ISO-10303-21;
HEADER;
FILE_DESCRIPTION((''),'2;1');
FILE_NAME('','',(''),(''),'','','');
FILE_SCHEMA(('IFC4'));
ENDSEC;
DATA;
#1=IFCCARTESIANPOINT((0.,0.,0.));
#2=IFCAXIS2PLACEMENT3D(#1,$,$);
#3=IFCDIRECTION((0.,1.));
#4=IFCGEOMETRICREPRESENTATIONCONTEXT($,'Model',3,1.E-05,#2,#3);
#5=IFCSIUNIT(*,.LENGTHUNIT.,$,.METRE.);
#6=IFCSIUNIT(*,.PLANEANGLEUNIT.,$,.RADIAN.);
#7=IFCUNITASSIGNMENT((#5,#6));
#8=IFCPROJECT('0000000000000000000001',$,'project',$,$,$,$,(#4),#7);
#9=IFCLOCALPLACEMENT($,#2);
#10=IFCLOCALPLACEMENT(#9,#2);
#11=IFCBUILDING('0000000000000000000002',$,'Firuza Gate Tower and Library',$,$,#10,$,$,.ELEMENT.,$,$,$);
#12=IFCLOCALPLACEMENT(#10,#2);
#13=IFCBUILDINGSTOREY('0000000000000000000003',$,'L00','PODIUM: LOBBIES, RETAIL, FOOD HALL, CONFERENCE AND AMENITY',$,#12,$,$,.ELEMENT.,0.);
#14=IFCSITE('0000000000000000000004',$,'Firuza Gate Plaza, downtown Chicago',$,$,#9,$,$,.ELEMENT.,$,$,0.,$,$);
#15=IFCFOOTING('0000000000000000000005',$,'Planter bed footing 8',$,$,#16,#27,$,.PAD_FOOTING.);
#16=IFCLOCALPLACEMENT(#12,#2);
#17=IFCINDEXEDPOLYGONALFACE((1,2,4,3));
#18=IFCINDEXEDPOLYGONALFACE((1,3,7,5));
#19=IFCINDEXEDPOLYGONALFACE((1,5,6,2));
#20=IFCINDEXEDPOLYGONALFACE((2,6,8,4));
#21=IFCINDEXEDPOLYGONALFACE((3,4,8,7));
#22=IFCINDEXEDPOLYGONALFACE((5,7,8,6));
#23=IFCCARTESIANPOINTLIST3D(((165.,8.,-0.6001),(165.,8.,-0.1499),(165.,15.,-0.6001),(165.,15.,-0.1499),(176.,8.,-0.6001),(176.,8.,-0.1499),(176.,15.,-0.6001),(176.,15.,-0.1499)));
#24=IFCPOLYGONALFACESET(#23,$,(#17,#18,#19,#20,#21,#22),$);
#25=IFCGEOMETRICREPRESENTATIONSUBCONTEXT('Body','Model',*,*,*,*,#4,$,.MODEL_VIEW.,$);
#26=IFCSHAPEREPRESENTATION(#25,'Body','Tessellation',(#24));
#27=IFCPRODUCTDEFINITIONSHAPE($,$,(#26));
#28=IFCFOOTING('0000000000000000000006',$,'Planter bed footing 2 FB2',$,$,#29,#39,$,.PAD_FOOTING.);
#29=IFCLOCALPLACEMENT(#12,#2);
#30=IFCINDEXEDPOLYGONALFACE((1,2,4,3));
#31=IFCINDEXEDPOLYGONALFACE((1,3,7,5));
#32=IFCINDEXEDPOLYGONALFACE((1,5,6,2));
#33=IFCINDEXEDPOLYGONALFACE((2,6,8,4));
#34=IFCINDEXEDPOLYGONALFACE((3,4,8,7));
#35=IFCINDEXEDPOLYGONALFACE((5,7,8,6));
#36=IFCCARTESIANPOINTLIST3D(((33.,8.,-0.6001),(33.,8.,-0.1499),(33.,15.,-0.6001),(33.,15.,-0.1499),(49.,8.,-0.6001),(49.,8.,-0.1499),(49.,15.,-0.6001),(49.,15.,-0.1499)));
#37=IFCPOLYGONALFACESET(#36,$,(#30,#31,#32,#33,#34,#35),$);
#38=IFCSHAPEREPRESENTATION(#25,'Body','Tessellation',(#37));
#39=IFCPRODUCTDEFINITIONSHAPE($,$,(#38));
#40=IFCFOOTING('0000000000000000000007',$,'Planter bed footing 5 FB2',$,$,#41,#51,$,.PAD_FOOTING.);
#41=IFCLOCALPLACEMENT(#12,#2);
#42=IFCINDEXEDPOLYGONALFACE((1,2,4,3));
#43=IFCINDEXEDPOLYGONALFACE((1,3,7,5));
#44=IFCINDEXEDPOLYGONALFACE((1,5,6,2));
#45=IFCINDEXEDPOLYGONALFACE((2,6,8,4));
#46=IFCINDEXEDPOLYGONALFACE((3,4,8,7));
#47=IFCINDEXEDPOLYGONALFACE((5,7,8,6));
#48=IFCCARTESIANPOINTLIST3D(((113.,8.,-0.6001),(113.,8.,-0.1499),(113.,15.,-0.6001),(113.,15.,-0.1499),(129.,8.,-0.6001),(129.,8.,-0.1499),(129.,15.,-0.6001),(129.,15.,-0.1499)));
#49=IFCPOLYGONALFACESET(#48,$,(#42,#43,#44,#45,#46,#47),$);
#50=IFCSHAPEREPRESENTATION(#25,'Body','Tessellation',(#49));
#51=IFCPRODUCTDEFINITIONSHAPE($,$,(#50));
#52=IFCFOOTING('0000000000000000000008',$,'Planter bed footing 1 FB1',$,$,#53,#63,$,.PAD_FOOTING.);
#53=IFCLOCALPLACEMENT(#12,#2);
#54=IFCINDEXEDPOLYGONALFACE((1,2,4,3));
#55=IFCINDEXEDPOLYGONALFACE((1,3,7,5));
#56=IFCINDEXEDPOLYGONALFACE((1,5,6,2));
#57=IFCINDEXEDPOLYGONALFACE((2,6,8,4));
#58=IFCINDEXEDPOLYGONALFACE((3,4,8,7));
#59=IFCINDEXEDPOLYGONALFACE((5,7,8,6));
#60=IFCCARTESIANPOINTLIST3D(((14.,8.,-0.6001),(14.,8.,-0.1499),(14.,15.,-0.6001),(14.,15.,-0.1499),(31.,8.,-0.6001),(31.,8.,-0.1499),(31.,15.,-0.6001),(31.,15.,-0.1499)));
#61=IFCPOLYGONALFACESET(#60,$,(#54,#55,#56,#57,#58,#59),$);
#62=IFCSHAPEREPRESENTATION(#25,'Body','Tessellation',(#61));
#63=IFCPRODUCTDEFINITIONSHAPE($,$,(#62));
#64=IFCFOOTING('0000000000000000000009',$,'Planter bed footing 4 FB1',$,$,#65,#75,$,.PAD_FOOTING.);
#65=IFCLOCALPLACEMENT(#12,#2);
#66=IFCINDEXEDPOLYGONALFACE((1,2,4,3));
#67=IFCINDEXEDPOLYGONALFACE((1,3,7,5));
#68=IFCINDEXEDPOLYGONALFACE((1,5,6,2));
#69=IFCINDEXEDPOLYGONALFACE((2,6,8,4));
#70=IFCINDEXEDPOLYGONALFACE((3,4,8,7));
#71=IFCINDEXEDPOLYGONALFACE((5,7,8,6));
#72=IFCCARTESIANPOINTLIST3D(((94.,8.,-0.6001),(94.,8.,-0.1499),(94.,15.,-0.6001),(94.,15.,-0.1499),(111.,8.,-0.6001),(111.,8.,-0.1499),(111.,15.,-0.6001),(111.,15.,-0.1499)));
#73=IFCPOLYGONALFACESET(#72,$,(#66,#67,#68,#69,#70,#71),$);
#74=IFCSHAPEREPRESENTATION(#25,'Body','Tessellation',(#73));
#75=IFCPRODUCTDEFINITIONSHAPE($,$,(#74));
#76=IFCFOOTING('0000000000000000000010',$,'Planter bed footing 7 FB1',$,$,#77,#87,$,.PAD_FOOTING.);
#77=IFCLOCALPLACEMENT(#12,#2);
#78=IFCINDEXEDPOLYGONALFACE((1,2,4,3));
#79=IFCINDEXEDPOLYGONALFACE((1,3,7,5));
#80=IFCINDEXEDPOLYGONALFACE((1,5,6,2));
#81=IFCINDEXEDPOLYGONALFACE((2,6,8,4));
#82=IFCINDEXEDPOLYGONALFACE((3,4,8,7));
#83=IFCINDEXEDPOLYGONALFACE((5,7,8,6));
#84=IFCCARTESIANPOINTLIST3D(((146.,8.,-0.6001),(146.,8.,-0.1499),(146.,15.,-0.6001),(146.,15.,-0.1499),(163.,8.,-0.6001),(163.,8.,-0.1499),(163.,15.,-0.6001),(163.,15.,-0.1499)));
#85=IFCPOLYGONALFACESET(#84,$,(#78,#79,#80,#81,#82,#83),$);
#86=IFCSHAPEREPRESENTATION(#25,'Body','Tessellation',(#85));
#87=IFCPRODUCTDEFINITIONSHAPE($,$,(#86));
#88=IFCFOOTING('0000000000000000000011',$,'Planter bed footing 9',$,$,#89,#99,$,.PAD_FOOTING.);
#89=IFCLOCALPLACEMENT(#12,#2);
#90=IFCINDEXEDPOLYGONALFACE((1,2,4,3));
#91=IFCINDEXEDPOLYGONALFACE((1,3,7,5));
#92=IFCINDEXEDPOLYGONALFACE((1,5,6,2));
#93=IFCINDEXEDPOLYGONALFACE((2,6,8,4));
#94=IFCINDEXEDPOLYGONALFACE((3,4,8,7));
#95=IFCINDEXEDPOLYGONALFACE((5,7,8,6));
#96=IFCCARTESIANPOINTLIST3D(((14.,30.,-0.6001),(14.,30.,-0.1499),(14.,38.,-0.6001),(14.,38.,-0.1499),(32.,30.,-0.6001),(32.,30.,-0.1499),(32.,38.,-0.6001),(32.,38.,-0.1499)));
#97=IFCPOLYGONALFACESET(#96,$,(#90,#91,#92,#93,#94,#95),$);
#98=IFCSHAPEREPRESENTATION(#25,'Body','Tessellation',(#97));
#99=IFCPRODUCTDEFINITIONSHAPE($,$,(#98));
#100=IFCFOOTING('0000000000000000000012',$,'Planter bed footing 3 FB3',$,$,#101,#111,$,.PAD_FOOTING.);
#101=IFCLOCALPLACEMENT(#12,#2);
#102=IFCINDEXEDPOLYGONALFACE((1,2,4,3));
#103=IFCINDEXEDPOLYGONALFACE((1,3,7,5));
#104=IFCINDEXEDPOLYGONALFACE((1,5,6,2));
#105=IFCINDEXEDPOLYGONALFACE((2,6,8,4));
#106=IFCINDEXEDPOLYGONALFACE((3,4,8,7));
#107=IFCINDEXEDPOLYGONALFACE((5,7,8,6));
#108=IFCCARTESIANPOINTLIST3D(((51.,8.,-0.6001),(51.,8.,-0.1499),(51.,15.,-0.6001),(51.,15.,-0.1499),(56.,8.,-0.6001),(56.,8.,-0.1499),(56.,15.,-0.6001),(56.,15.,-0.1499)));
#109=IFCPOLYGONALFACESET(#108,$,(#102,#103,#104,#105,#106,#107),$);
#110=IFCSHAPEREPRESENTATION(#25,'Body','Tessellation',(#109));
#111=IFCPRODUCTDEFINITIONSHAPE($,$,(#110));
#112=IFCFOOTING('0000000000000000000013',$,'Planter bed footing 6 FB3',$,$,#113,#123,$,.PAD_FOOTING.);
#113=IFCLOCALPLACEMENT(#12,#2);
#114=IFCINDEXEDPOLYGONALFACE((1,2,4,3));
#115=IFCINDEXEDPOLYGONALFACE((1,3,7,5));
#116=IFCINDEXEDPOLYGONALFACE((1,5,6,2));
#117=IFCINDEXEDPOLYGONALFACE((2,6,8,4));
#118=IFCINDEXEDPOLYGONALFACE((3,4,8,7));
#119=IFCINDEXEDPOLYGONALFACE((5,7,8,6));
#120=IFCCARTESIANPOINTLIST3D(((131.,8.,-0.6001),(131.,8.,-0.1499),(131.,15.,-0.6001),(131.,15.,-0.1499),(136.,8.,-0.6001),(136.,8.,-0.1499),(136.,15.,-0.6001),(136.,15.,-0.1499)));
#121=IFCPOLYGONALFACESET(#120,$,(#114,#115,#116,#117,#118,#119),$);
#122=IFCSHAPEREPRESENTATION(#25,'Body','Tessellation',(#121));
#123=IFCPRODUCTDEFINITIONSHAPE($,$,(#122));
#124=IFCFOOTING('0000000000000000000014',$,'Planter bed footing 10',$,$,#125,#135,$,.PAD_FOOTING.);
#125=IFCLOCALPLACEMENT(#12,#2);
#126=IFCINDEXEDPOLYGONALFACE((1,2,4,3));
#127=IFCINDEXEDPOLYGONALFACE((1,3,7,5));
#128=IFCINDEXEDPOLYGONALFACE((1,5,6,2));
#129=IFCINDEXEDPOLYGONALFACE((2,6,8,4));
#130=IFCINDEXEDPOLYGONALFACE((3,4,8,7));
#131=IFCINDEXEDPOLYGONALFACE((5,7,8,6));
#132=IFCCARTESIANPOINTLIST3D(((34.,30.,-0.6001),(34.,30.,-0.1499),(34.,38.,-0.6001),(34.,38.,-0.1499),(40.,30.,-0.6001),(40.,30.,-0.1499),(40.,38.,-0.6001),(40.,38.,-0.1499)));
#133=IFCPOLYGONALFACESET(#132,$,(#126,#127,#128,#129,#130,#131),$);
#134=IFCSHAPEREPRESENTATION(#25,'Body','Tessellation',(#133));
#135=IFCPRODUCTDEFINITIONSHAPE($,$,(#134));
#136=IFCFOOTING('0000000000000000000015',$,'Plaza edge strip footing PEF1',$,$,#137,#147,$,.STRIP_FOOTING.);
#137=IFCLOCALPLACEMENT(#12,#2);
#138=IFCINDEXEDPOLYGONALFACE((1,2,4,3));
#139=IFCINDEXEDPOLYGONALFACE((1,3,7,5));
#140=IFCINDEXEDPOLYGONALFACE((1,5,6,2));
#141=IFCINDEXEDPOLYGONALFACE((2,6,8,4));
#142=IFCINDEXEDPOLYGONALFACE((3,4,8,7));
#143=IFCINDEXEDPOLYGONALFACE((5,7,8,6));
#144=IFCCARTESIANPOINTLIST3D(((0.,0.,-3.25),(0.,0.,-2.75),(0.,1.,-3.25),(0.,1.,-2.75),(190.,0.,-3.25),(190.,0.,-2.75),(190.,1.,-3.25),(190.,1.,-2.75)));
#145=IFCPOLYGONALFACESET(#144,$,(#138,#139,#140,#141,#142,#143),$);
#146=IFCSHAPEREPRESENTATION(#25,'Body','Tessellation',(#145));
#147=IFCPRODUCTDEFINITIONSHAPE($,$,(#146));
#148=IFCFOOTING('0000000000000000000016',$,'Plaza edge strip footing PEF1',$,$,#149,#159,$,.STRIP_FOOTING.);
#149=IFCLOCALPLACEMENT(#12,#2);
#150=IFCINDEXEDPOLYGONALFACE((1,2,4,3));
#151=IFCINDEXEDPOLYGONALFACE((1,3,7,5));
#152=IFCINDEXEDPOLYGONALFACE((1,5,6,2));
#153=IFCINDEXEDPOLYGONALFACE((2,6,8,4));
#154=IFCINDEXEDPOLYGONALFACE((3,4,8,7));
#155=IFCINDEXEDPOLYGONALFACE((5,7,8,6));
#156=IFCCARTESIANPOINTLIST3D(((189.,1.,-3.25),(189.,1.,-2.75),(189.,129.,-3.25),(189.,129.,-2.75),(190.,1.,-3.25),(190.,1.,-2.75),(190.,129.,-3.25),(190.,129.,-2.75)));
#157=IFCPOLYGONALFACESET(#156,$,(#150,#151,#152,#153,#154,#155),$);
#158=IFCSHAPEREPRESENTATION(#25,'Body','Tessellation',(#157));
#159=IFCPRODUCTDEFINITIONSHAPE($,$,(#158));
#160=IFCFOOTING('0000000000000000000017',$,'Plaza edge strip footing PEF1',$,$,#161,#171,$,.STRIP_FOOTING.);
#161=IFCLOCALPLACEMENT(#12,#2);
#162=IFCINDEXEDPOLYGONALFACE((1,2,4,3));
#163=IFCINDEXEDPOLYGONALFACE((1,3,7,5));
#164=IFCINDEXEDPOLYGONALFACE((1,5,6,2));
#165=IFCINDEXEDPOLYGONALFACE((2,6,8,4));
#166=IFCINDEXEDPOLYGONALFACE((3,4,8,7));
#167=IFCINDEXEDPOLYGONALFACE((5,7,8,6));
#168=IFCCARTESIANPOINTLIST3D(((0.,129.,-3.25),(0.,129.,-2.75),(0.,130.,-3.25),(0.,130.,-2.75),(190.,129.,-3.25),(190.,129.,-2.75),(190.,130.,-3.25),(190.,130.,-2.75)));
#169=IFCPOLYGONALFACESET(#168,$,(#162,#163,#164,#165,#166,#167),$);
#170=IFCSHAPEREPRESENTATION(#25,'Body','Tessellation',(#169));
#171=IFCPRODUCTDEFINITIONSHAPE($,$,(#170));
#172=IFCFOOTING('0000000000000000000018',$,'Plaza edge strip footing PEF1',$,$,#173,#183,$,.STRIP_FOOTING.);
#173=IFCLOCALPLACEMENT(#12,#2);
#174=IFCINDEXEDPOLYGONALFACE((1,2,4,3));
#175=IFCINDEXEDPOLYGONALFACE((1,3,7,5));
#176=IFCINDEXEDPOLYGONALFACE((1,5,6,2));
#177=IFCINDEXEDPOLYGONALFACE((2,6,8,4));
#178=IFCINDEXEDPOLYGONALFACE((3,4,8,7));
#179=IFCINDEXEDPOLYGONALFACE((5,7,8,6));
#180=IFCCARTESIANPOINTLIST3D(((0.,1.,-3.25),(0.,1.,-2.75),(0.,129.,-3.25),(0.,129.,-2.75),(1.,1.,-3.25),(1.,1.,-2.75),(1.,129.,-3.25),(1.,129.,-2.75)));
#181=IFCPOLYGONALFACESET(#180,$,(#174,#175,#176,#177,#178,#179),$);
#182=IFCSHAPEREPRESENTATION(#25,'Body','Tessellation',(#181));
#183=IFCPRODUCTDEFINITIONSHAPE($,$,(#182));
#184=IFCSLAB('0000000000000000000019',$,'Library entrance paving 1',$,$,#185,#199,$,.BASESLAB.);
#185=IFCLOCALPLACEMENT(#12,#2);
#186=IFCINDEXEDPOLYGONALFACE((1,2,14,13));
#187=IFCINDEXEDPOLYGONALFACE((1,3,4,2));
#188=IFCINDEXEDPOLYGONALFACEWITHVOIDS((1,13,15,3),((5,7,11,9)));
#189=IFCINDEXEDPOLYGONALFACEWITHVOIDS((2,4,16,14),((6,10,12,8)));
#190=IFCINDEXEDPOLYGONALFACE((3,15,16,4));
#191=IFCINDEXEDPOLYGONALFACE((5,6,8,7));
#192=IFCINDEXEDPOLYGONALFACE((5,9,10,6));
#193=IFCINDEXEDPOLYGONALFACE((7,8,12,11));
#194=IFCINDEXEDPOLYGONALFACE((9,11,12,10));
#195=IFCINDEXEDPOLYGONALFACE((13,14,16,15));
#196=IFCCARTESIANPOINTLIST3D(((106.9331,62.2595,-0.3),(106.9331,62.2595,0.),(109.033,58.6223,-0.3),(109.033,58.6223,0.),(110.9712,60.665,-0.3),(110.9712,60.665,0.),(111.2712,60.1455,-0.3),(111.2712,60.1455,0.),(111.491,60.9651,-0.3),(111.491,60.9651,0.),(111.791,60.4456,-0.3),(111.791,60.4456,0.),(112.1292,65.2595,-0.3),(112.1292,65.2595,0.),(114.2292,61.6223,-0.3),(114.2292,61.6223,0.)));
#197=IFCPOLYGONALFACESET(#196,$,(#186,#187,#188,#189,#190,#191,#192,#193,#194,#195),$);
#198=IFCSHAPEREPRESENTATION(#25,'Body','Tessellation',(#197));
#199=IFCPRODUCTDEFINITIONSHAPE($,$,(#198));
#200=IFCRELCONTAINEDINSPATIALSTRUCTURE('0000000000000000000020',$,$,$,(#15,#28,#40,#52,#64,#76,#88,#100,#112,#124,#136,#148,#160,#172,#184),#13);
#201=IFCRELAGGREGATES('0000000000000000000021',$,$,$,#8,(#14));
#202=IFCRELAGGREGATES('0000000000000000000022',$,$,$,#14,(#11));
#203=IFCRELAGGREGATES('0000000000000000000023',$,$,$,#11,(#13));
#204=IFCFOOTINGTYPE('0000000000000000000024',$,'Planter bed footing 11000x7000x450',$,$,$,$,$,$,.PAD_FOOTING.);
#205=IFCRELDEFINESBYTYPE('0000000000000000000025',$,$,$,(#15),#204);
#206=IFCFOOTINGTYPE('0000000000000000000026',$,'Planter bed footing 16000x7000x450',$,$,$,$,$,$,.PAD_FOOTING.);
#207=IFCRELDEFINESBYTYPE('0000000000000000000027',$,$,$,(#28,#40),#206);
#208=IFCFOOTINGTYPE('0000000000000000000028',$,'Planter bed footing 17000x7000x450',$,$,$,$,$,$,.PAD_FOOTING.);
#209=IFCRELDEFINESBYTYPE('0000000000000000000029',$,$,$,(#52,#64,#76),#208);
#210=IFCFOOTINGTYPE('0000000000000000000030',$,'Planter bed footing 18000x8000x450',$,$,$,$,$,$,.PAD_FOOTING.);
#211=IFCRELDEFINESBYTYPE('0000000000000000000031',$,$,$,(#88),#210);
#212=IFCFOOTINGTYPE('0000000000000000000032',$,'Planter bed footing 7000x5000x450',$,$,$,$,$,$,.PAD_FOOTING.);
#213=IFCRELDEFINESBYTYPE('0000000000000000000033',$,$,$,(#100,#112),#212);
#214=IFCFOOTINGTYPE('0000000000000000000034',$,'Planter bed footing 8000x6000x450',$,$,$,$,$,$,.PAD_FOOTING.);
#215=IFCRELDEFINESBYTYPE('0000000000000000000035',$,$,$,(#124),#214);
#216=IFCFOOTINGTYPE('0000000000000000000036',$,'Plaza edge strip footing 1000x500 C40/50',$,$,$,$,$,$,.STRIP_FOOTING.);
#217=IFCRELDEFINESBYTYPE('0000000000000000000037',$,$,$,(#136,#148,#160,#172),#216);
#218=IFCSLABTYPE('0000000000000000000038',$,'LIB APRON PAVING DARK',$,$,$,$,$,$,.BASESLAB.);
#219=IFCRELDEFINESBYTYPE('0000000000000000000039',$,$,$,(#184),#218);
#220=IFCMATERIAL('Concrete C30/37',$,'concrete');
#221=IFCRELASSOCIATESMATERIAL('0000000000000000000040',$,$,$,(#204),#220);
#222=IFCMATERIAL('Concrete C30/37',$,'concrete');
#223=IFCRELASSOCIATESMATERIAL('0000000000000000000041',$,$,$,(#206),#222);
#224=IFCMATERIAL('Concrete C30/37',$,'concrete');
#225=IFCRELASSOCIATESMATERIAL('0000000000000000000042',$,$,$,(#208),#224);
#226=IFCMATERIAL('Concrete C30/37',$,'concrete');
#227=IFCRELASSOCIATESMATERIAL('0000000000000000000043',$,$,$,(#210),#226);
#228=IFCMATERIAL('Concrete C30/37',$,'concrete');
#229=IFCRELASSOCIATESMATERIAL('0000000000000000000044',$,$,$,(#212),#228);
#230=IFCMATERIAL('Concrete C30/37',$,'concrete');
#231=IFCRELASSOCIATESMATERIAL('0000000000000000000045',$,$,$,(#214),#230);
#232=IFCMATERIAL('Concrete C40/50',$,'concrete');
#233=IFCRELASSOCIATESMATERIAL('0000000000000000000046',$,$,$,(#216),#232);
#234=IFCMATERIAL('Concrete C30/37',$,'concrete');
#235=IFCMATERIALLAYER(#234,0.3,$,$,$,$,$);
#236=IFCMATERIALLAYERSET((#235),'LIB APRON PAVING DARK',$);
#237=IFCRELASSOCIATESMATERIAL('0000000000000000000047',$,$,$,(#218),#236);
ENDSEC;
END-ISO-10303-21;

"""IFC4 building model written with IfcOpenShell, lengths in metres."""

from ifc_helpers import new_model, si_unit, direction, frame, origin, place, context, subcontext, project, spatial, polyline, outline, extrude, material, layer, layer_set, type_object, element, save


model = new_model("IFC4")

# Units and contexts
model_context = context("Model", 3, precision=1e-05, world=origin(), true_north=direction((0.0, 1.0)))
body_context = subcontext(model_context, "Body", "Model", "MODEL_VIEW")
ifc_project = project(units=[si_unit("LENGTHUNIT", "METRE"), si_unit("PLANEANGLEUNIT", "RADIAN")], contexts=[model_context])

# Site, building, storey
site_placement = place(None, origin())
site = spatial("IfcSite", under=ifc_project, at=site_placement, Name="Firuza Gate Plaza, downtown Chicago", CompositionType="ELEMENT", RefElevation=0.0)
building_placement = place(site_placement, origin())
building = spatial("IfcBuilding", under=site, at=building_placement, Name="Firuza Gate Tower and Library", CompositionType="ELEMENT")
storey_placement = place(building_placement, origin())
storey = spatial("IfcBuildingStorey", under=building, at=storey_placement, Name="L00", Description="PODIUM: LOBBIES, RETAIL, FOOD HALL, CONFERENCE AND AMENITY", CompositionType="ELEMENT", Elevation=0.0)

# Footings
ifc_material_1 = material(Name="Concrete C30/37", Category="concrete")
footing_type_1 = type_object("IfcFootingType", Name="Planter bed footing 11000x7000x450", PredefinedType="PAD_FOOTING", material=ifc_material_1)
placement_1 = place(storey_placement, frame((0.0, 0.0, -0.6001)))
element("IfcFooting", 1, at=placement_1, inside=storey, type_object=footing_type_1, Name="Planter bed footing 8", PredefinedType="PAD_FOOTING", context=body_context, shape_type="SweptSolid", body=[
    extrude(outline(polyline([(165.0, 8.0), (176.0, 8.0), (176.0, 15.0), (165.0, 15.0), (165.0, 8.0)])), origin(), (0.0, 0.0, 1.0), 0.4502),
])
ifc_material_2 = material(Name="Concrete C30/37", Category="concrete")
footing_type_2 = type_object("IfcFootingType", Name="Planter bed footing 16000x7000x450", PredefinedType="PAD_FOOTING", material=ifc_material_2)
element("IfcFooting", 2, at=placement_1, inside=storey, type_object=footing_type_2, Name="Planter bed footing 2 FB2", PredefinedType="PAD_FOOTING", context=body_context, shape_type="SweptSolid", body=[
    extrude(outline(polyline([(33.0, 8.0), (49.0, 8.0), (49.0, 15.0), (33.0, 15.0), (33.0, 8.0)])), origin(), (0.0, 0.0, 1.0), 0.4502),
])
element("IfcFooting", 3, at=placement_1, inside=storey, type_object=footing_type_2, Name="Planter bed footing 5 FB2", PredefinedType="PAD_FOOTING", context=body_context, shape_type="SweptSolid", body=[
    extrude(outline(polyline([(113.0, 8.0), (129.0, 8.0), (129.0, 15.0), (113.0, 15.0), (113.0, 8.0)])), origin(), (0.0, 0.0, 1.0), 0.4502),
])
ifc_material_3 = material(Name="Concrete C30/37", Category="concrete")
footing_type_3 = type_object("IfcFootingType", Name="Planter bed footing 17000x7000x450", PredefinedType="PAD_FOOTING", material=ifc_material_3)
element("IfcFooting", 4, at=placement_1, inside=storey, type_object=footing_type_3, Name="Planter bed footing 1 FB1", PredefinedType="PAD_FOOTING", context=body_context, shape_type="SweptSolid", body=[
    extrude(outline(polyline([(14.0, 8.0), (31.0, 8.0), (31.0, 15.0), (14.0, 15.0), (14.0, 8.0)])), origin(), (0.0, 0.0, 1.0), 0.4502),
])
element("IfcFooting", 5, at=placement_1, inside=storey, type_object=footing_type_3, Name="Planter bed footing 4 FB1", PredefinedType="PAD_FOOTING", context=body_context, shape_type="SweptSolid", body=[
    extrude(outline(polyline([(94.0, 8.0), (111.0, 8.0), (111.0, 15.0), (94.0, 15.0), (94.0, 8.0)])), origin(), (0.0, 0.0, 1.0), 0.4502),
])
element("IfcFooting", 6, at=placement_1, inside=storey, type_object=footing_type_3, Name="Planter bed footing 7 FB1", PredefinedType="PAD_FOOTING", context=body_context, shape_type="SweptSolid", body=[
    extrude(outline(polyline([(146.0, 8.0), (163.0, 8.0), (163.0, 15.0), (146.0, 15.0), (146.0, 8.0)])), origin(), (0.0, 0.0, 1.0), 0.4502),
])
ifc_material_4 = material(Name="Concrete C30/37", Category="concrete")
footing_type_4 = type_object("IfcFootingType", Name="Planter bed footing 18000x8000x450", PredefinedType="PAD_FOOTING", material=ifc_material_4)
element("IfcFooting", 7, at=placement_1, inside=storey, type_object=footing_type_4, Name="Planter bed footing 9", PredefinedType="PAD_FOOTING", context=body_context, shape_type="SweptSolid", body=[
    extrude(outline(polyline([(14.0, 30.0), (32.0, 30.0), (32.0, 38.0), (14.0, 38.0), (14.0, 30.0)])), origin(), (0.0, 0.0, 1.0), 0.4502),
])
ifc_material_5 = material(Name="Concrete C30/37", Category="concrete")
footing_type_5 = type_object("IfcFootingType", Name="Planter bed footing 7000x5000x450", PredefinedType="PAD_FOOTING", material=ifc_material_5)
element("IfcFooting", 8, at=placement_1, inside=storey, type_object=footing_type_5, Name="Planter bed footing 3 FB3", PredefinedType="PAD_FOOTING", context=body_context, shape_type="SweptSolid", body=[
    extrude(outline(polyline([(51.0, 8.0), (56.0, 8.0), (56.0, 15.0), (51.0, 15.0), (51.0, 8.0)])), origin(), (0.0, 0.0, 1.0), 0.4502),
])
element("IfcFooting", 9, at=placement_1, inside=storey, type_object=footing_type_5, Name="Planter bed footing 6 FB3", PredefinedType="PAD_FOOTING", context=body_context, shape_type="SweptSolid", body=[
    extrude(outline(polyline([(131.0, 8.0), (136.0, 8.0), (136.0, 15.0), (131.0, 15.0), (131.0, 8.0)])), origin(), (0.0, 0.0, 1.0), 0.4502),
])
ifc_material_6 = material(Name="Concrete C30/37", Category="concrete")
footing_type_6 = type_object("IfcFootingType", Name="Planter bed footing 8000x6000x450", PredefinedType="PAD_FOOTING", material=ifc_material_6)
element("IfcFooting", 10, at=placement_1, inside=storey, type_object=footing_type_6, Name="Planter bed footing 10", PredefinedType="PAD_FOOTING", context=body_context, shape_type="SweptSolid", body=[
    extrude(outline(polyline([(34.0, 30.0), (40.0, 30.0), (40.0, 38.0), (34.0, 38.0), (34.0, 30.0)])), origin(), (0.0, 0.0, 1.0), 0.4502),
])
ifc_material_7 = material(Name="Concrete C40/50", Category="concrete")
footing_type_7 = type_object("IfcFootingType", Name="Plaza edge strip footing 1000x500 C40/50", PredefinedType="STRIP_FOOTING", material=ifc_material_7)
placement_2 = place(storey_placement, frame((0.0, 0.0, -3.25)))
element("IfcFooting", 11, at=placement_2, inside=storey, type_object=footing_type_7, Name="Plaza edge strip footing PEF1", PredefinedType="STRIP_FOOTING", context=body_context, shape_type="SweptSolid", body=[
    extrude(outline(polyline([(0.0, 0.0), (190.0, 0.0), (190.0, 1.0), (0.0, 1.0), (0.0, 0.0)])), origin(), (0.0, 0.0, 1.0), 0.5),
])
element("IfcFooting", 12, at=placement_2, inside=storey, type_object=footing_type_7, Name="Plaza edge strip footing PEF1", PredefinedType="STRIP_FOOTING", context=body_context, shape_type="SweptSolid", body=[
    extrude(outline(polyline([(189.0, 1.0), (190.0, 1.0), (190.0, 129.0), (189.0, 129.0), (189.0, 1.0)])), origin(), (0.0, 0.0, 1.0), 0.5),
])
element("IfcFooting", 13, at=placement_2, inside=storey, type_object=footing_type_7, Name="Plaza edge strip footing PEF1", PredefinedType="STRIP_FOOTING", context=body_context, shape_type="SweptSolid", body=[
    extrude(outline(polyline([(0.0, 129.0), (190.0, 129.0), (190.0, 130.0), (0.0, 130.0), (0.0, 129.0)])), origin(), (0.0, 0.0, 1.0), 0.5),
])
element("IfcFooting", 14, at=placement_2, inside=storey, type_object=footing_type_7, Name="Plaza edge strip footing PEF1", PredefinedType="STRIP_FOOTING", context=body_context, shape_type="SweptSolid", body=[
    extrude(outline(polyline([(0.0, 1.0), (1.0, 1.0), (1.0, 129.0), (0.0, 129.0), (0.0, 1.0)])), origin(), (0.0, 0.0, 1.0), 0.5),
])

# Slab
placement_3 = place(storey_placement, frame((0.0, 0.0, -0.3)))
ifc_material_8 = material(Name="Concrete C30/37", Category="concrete")
ifc_layer_1 = layer(ifc_material_8, 0.3)
ifc_layer_set_1 = layer_set([ifc_layer_1], Name="LIB APRON PAVING DARK")
slab_type_1 = type_object("IfcSlabType", Name="LIB APRON PAVING DARK", PredefinedType="BASESLAB", material=ifc_layer_set_1)
element("IfcSlab", 15, at=placement_3, inside=storey, type_object=slab_type_1, Name="Library entrance paving 1", PredefinedType="BASESLAB", context=body_context, shape_type="SweptSolid", body=[
    extrude(outline(polyline([(114.2292, 61.6223), (112.1292, 65.2595), (106.9331, 62.2595), (109.033, 58.6223), (114.2292, 61.6223)]), holes=[polyline([(111.791, 60.4456), (111.491, 60.9651), (110.9712, 60.665), (111.2712, 60.1455), (111.791, 60.4456)])]), origin(), (0.0, 0.0, 1.0), 0.3),
])

save(model, "model.ifc")
